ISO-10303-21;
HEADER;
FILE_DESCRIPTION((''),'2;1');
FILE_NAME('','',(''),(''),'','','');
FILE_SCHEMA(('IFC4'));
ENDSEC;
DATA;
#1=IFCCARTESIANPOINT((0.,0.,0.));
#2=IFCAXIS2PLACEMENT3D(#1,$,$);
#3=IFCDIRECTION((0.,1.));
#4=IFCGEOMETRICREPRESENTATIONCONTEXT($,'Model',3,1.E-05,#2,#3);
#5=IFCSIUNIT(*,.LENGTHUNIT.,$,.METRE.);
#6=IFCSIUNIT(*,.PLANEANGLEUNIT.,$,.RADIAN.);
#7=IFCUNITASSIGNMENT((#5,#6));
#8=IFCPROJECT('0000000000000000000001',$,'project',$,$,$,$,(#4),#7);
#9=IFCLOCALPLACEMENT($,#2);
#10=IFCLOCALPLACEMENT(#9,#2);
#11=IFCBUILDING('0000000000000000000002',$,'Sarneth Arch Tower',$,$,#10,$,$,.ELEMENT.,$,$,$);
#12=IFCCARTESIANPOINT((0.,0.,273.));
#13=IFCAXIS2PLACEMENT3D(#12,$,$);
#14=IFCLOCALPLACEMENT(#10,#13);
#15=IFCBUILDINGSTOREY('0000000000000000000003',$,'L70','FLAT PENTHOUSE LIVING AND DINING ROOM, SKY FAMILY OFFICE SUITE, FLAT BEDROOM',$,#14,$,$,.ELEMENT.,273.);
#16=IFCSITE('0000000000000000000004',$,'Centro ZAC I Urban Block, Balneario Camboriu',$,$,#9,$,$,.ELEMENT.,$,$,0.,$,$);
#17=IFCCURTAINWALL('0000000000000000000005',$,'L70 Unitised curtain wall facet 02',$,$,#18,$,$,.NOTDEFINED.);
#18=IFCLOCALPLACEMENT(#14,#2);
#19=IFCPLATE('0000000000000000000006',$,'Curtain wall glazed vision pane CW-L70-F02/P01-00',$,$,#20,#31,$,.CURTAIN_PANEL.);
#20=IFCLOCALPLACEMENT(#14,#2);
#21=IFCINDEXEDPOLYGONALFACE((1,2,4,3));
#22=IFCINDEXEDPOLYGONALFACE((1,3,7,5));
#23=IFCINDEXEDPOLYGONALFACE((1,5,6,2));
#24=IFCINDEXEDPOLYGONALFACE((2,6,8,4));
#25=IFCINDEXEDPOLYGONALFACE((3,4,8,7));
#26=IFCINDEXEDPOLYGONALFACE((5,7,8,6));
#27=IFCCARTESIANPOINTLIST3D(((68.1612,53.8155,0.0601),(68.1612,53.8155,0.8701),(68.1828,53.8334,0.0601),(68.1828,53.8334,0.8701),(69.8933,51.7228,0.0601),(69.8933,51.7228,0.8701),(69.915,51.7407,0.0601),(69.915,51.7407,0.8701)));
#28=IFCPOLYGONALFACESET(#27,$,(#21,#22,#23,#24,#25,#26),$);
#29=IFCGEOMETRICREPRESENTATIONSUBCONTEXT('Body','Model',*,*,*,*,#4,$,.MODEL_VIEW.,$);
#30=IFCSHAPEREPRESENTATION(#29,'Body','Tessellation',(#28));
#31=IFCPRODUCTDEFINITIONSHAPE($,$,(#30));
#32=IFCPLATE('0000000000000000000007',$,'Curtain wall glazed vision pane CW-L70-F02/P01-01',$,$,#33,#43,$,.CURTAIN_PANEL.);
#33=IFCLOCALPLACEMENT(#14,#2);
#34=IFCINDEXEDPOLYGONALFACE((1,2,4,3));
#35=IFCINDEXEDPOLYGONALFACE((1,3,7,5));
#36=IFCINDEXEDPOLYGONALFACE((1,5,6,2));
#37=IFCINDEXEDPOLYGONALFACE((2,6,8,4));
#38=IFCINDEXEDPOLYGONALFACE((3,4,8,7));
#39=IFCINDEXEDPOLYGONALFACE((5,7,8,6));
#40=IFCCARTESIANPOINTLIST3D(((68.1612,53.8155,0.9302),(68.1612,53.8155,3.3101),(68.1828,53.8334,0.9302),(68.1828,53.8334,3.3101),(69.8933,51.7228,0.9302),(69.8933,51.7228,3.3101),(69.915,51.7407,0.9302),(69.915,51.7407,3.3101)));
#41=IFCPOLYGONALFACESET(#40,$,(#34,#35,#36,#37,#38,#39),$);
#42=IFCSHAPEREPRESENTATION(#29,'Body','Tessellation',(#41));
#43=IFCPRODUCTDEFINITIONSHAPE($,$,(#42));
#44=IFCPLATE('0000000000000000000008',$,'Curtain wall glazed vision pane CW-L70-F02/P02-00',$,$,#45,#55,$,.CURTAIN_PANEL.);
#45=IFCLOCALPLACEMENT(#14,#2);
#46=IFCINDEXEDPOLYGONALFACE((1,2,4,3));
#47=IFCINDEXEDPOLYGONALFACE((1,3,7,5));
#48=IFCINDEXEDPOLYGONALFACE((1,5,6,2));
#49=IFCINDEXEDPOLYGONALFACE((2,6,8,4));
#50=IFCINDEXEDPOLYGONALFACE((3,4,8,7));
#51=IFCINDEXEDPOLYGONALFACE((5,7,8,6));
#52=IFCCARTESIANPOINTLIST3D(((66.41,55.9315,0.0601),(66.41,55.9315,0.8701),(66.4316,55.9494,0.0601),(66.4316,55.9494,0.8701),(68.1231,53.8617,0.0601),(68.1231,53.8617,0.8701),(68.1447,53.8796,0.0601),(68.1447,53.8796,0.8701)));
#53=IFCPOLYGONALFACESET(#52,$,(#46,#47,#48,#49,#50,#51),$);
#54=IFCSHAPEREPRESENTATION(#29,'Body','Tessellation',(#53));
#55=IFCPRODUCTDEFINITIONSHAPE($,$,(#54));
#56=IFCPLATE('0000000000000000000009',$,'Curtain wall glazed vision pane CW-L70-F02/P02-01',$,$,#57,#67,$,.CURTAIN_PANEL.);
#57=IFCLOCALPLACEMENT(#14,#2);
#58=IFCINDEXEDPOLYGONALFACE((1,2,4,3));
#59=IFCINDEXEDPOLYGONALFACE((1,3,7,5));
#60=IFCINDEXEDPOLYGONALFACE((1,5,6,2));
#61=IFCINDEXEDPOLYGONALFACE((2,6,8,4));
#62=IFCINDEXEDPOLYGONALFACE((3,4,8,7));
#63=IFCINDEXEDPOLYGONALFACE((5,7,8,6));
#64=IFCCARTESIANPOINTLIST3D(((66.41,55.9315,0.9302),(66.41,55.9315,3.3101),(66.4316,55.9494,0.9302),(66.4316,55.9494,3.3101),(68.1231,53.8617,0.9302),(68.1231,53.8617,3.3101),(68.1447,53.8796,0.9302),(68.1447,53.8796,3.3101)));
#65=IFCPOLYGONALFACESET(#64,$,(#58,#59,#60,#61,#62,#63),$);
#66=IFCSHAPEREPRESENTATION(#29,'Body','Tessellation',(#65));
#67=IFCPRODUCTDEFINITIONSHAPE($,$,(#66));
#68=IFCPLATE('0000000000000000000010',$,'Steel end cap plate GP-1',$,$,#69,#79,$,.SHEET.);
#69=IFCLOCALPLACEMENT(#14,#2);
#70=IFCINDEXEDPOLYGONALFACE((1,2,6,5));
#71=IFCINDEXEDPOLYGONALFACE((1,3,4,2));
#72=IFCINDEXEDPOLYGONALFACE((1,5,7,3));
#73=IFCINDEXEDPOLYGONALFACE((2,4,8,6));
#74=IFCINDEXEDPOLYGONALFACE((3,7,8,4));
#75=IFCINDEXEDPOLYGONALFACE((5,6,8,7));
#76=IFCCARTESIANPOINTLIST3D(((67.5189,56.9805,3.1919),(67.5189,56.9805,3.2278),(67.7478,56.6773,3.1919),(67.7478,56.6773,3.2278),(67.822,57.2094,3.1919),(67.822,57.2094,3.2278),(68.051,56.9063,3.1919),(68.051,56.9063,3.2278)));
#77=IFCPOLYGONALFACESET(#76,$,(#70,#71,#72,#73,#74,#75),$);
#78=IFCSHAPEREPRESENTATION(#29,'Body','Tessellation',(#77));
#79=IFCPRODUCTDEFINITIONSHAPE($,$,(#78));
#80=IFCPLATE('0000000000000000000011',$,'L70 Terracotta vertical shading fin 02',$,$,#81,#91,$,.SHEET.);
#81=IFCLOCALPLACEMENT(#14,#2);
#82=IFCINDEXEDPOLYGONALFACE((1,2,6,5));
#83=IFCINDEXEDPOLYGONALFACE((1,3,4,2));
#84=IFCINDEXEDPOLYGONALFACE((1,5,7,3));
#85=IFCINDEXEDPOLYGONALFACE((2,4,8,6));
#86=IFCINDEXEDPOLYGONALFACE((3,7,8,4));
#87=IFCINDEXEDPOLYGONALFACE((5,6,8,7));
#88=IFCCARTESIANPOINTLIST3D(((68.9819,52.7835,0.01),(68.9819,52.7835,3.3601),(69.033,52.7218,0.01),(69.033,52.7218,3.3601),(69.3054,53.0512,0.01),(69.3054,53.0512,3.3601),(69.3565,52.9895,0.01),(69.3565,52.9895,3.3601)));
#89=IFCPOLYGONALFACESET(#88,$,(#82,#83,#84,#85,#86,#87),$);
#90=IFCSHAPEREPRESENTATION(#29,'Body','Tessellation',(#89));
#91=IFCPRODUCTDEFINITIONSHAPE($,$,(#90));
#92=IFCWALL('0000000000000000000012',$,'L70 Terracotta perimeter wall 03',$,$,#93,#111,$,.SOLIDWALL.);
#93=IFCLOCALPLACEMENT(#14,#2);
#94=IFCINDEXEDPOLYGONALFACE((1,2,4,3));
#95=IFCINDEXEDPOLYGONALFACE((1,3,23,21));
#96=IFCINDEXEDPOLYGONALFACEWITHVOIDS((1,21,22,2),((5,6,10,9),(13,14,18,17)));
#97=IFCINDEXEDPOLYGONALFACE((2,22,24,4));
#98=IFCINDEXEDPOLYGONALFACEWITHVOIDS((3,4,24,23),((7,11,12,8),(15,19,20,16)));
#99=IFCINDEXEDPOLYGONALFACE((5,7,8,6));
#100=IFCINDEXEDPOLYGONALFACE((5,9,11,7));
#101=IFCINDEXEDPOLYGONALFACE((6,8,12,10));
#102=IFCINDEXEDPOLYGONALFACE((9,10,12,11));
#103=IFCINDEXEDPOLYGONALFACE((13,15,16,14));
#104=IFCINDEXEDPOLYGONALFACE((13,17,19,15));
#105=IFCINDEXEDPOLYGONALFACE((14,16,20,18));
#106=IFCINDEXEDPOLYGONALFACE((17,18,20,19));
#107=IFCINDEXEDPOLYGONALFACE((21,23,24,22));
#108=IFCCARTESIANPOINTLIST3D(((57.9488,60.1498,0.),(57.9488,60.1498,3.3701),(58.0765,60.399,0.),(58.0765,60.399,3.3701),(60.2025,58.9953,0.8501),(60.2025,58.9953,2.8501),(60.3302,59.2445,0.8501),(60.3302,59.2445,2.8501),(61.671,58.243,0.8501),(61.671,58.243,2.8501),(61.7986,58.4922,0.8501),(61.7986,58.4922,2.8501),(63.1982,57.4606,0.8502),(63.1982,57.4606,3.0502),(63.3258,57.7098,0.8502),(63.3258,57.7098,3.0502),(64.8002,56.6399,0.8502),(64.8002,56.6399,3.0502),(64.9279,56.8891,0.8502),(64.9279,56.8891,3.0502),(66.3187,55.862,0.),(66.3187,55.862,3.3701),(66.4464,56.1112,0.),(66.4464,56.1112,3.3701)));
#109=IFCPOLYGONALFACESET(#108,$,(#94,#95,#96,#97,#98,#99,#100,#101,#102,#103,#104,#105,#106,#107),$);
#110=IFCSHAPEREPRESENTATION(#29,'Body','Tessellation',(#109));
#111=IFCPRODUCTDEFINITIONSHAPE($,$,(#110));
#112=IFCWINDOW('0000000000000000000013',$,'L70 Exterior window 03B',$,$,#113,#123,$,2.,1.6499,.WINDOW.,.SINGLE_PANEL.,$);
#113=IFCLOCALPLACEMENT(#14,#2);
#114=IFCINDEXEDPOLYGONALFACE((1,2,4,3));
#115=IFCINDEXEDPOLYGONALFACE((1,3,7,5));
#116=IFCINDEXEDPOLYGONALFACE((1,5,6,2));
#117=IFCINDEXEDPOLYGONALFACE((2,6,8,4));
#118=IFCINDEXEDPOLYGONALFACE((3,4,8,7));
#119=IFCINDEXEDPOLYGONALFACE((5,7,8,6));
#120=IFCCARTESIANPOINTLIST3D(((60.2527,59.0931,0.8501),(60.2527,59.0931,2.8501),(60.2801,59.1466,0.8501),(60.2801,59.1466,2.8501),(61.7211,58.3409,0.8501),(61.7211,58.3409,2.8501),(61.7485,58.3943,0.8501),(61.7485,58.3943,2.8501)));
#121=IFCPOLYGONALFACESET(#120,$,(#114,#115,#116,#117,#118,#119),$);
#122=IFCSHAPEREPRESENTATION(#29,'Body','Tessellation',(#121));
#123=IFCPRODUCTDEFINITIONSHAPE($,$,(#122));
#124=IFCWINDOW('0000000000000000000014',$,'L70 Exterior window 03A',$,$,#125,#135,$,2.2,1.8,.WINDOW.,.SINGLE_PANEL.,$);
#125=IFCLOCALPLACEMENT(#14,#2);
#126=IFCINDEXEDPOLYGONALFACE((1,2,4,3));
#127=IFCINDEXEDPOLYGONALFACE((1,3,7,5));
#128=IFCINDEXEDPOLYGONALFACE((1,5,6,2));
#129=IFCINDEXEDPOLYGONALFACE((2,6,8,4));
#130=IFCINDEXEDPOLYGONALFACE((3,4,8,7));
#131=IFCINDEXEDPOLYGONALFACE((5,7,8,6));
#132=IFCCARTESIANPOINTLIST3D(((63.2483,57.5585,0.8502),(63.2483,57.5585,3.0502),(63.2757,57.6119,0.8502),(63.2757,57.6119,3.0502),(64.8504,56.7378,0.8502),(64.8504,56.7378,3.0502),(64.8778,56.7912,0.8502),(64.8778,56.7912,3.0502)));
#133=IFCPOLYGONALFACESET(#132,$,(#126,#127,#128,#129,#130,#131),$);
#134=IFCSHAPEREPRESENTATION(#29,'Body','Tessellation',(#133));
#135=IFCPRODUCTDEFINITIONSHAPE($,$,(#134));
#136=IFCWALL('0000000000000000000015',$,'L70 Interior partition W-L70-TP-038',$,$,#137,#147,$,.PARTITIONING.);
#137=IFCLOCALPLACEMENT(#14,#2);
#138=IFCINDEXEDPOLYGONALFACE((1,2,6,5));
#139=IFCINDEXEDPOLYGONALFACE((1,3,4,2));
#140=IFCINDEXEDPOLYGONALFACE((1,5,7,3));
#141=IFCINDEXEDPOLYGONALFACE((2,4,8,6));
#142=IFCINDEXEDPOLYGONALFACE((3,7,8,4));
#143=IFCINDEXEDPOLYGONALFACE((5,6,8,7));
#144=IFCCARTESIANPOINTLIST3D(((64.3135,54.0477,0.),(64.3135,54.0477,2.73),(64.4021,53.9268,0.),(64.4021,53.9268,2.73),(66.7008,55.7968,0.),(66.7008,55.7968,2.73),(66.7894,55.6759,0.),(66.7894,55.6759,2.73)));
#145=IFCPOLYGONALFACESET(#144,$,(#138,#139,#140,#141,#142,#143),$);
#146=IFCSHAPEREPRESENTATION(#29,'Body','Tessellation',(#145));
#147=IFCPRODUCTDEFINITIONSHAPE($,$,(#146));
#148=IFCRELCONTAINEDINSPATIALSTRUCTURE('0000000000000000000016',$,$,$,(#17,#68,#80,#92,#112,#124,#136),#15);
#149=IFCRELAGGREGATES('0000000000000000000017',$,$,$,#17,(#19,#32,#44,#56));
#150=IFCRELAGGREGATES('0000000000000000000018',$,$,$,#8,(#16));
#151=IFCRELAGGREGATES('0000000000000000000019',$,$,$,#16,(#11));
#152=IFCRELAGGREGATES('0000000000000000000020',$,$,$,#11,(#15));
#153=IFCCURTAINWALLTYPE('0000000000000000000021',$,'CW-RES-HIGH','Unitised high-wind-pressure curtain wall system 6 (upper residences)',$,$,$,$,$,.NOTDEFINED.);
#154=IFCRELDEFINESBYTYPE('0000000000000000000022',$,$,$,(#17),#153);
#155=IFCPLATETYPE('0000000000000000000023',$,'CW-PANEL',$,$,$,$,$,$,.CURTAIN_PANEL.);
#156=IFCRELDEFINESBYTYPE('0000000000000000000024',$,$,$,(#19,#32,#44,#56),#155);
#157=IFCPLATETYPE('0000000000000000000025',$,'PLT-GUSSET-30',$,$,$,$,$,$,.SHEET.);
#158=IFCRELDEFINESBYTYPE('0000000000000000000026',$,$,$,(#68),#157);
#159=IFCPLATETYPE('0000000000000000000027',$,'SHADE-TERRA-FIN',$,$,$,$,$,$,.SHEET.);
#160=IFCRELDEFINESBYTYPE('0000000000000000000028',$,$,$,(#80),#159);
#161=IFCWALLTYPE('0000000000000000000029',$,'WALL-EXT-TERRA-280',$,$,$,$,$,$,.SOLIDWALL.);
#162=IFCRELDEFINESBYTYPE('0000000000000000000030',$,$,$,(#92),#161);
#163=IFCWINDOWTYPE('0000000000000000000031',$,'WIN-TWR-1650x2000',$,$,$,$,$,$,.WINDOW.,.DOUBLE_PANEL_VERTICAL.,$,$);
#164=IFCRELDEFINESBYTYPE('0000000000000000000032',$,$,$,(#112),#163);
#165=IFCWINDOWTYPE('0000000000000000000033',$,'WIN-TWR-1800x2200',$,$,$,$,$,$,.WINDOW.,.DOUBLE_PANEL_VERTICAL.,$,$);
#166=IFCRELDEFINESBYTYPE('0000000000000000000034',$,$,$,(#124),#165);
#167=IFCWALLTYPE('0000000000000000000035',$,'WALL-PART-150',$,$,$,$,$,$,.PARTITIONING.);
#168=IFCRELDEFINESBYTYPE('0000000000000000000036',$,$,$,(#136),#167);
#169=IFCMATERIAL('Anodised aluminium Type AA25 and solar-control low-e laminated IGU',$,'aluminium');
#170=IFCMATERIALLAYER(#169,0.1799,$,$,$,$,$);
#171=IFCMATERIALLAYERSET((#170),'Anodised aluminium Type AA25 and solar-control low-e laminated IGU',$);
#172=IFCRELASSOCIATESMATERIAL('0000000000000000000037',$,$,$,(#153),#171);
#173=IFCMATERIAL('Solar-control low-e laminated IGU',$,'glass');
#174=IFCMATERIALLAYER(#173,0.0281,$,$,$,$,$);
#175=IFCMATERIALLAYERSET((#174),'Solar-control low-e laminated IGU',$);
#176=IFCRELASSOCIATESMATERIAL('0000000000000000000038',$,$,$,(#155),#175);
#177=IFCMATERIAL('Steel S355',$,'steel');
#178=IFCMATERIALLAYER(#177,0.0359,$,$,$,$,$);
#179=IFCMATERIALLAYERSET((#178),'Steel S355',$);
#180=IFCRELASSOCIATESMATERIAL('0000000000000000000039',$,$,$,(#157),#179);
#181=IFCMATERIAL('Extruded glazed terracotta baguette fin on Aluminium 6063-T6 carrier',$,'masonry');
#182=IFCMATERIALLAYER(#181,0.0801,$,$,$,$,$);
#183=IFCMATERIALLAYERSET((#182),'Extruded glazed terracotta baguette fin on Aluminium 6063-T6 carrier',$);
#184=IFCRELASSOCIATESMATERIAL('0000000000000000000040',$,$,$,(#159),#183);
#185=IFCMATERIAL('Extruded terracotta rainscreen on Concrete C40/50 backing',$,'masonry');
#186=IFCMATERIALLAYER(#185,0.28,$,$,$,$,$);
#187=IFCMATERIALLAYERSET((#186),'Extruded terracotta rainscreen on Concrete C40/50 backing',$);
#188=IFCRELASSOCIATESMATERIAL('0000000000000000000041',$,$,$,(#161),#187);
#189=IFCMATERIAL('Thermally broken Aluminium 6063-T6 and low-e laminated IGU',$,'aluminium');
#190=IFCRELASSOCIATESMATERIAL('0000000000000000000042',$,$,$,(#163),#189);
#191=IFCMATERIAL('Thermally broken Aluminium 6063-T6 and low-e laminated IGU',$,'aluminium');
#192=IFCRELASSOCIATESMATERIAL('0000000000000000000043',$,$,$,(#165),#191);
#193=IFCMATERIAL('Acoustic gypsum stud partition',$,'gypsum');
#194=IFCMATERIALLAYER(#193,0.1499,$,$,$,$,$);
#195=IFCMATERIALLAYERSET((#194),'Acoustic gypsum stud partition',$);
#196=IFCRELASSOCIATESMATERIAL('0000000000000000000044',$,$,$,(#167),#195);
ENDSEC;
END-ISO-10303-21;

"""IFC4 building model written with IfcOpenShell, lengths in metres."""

from ifc_helpers import new_model, si_unit, direction, frame, frame_2d, origin, origin_2d, place, context, subcontext, project, spatial, rectangle, extrude, material, layer, layer_set, type_object, element, fill, aggregate, save


model = new_model("IFC4")

# Units and contexts
model_context = context("Model", 3, precision=1e-05, world=origin(), true_north=direction((0.0, 1.0)))
body_context = subcontext(model_context, "Body", "Model", "MODEL_VIEW")
ifc_project = project(units=[si_unit("LENGTHUNIT", "METRE"), si_unit("PLANEANGLEUNIT", "RADIAN")], contexts=[model_context])

# Site, building, storey
site_placement = place(None, origin())
site = spatial("IfcSite", under=ifc_project, at=site_placement, Name="Centro ZAC I Urban Block, Balneario Camboriu", CompositionType="ELEMENT", RefElevation=0.0)
building_placement = place(site_placement, origin())
building = spatial("IfcBuilding", under=site, at=building_placement, Name="Sarneth Arch Tower", CompositionType="ELEMENT")
storey_placement = place(building_placement, frame((0.0, 0.0, 273.0)))
storey = spatial("IfcBuildingStorey", under=building, at=storey_placement, Name="L70", Description="FLAT PENTHOUSE LIVING AND DINING ROOM, SKY FAMILY OFFICE SUITE, FLAT BEDROOM", CompositionType="ELEMENT", Elevation=273.0)

# Curtain wall
ifc_material_1 = material(Name="Anodised aluminium Type AA25 and solar-control low-e laminated IGU", Category="aluminium")
ifc_layer_1 = layer(ifc_material_1, 0.1799)
ifc_layer_set_1 = layer_set([ifc_layer_1], Name="Anodised aluminium Type AA25 and solar-control low-e laminated IGU")
curtain_wall_type = type_object("IfcCurtainWallType", Name="CW-RES-HIGH", Description="Unitised high-wind-pressure curtain wall system 6 (upper residences)", PredefinedType="NOTDEFINED", material=ifc_layer_set_1)
curtain_wall_placement = place(storey_placement, origin())
curtain_wall = element("IfcCurtainWall", 1, at=curtain_wall_placement, inside=storey, type_object=curtain_wall_type, Name="L70 Unitised curtain wall facet 02", PredefinedType="NOTDEFINED")

# Plates
ifc_material_2 = material(Name="Solar-control low-e laminated IGU", Category="glass")
ifc_layer_2 = layer(ifc_material_2, 0.0281)
ifc_layer_set_2 = layer_set([ifc_layer_2], Name="Solar-control low-e laminated IGU")
plate_type_1 = type_object("IfcPlateType", Name="CW-PANEL", PredefinedType="CURTAIN_PANEL", material=ifc_layer_set_2)
plate_1_placement = place(storey_placement, frame((69.0381, 52.7781, 0.0601), z_axis=(0.0, 0.0, 1.0), x_axis=(-0.63761, 0.770359, 0.0)))
plate_1 = element("IfcPlate", 2, at=plate_1_placement, type_object=plate_type_1, Name="Curtain wall glazed vision pane CW-L70-F02/P01-00", PredefinedType="CURTAIN_PANEL", context=body_context, shape_type="SweptSolid", body=[
    extrude(rectangle(XDim=2.7166, YDim=0.0281, at=origin_2d()), origin(), (0.0, 0.0, 1.0), 0.8101),
])
plate_2_placement = place(storey_placement, frame((69.0381, 52.7781, 0.9302), z_axis=(0.0, 0.0, 1.0), x_axis=(-0.63761, 0.770359, 0.0)))
plate_2 = element("IfcPlate", 3, at=plate_2_placement, type_object=plate_type_1, Name="Curtain wall glazed vision pane CW-L70-F02/P01-01", PredefinedType="CURTAIN_PANEL", context=body_context, shape_type="SweptSolid", body=[
    extrude(rectangle(XDim=2.7166, YDim=0.0281, at=origin_2d()), origin(), (0.0, 0.0, 1.0), 2.3799),
])
plate_3_placement = place(storey_placement, frame((67.2773, 54.9055, 0.0601), z_axis=(0.0, 0.0, 1.0), x_axis=(-0.63761, 0.770359, 0.0)))
plate_3 = element("IfcPlate", 4, at=plate_3_placement, type_object=plate_type_1, Name="Curtain wall glazed vision pane CW-L70-F02/P02-00", PredefinedType="CURTAIN_PANEL", context=body_context, shape_type="SweptSolid", body=[
    extrude(rectangle(XDim=2.6868, YDim=0.0281, at=origin_2d()), origin(), (0.0, 0.0, 1.0), 0.8101),
])
plate_4_placement = place(storey_placement, frame((67.2773, 54.9055, 0.9302), z_axis=(0.0, 0.0, 1.0), x_axis=(-0.63761, 0.770359, 0.0)))
plate_4 = element("IfcPlate", 5, at=plate_4_placement, type_object=plate_type_1, Name="Curtain wall glazed vision pane CW-L70-F02/P02-01", PredefinedType="CURTAIN_PANEL", context=body_context, shape_type="SweptSolid", body=[
    extrude(rectangle(XDim=2.6868, YDim=0.0281, at=origin_2d()), origin(), (0.0, 0.0, 1.0), 2.3799),
])
aggregate(curtain_wall, [plate_1, plate_2, plate_3, plate_4])

# Plates
ifc_material_3 = material(Name="Steel S355", Category="steel")
ifc_layer_3 = layer(ifc_material_3, 0.0359)
ifc_layer_set_3 = layer_set([ifc_layer_3], Name="Steel S355")
plate_type_2 = type_object("IfcPlateType", Name="PLT-GUSSET-30", PredefinedType="SHEET", material=ifc_layer_set_3)
plate_5_placement = place(storey_placement, frame((67.7849, 56.9434, 3.1919), z_axis=(0.0, 0.0, 1.0), x_axis=(0.798005, 0.602651, 0.0)))
element("IfcPlate", 6, at=plate_5_placement, inside=storey, type_object=plate_type_2, Name="Steel end cap plate GP-1", PredefinedType="SHEET", context=body_context, shape_type="SweptSolid", body=[
    extrude(rectangle(XDim=0.3799, YDim=0.3799, at=origin_2d()), origin(), (0.0, 0.0, 1.0), 0.0359),
])
ifc_material_4 = material(Name="Extruded glazed terracotta baguette fin on Aluminium 6063-T6 carrier", Category="masonry")
ifc_layer_4 = layer(ifc_material_4, 0.0801)
ifc_layer_set_4 = layer_set([ifc_layer_4], Name="Extruded glazed terracotta baguette fin on Aluminium 6063-T6 carrier")
plate_type_3 = type_object("IfcPlateType", Name="SHADE-TERRA-FIN", PredefinedType="SHEET", material=ifc_layer_set_4)
plate_6_placement = place(storey_placement, frame((69.1692, 52.8865, 0.01), z_axis=(0.0, 0.0, 1.0), x_axis=(0.770402, 0.637558, 0.0)))
element("IfcPlate", 7, at=plate_6_placement, inside=storey, type_object=plate_type_3, Name="L70 Terracotta vertical shading fin 02", PredefinedType="SHEET", context=body_context, shape_type="SweptSolid", body=[
    extrude(rectangle(XDim=0.4199, YDim=0.0801, at=origin_2d()), origin(), (0.0, 0.0, 1.0), 3.3501),
])

# Wall, openings, windows
ifc_material_5 = material(Name="Extruded terracotta rainscreen on Concrete C40/50 backing", Category="masonry")
ifc_layer_5 = layer(ifc_material_5, 0.28)
ifc_layer_set_5 = layer_set([ifc_layer_5], Name="Extruded terracotta rainscreen on Concrete C40/50 backing")
wall_type_1 = type_object("IfcWallType", Name="WALL-EXT-TERRA-280", PredefinedType="SOLIDWALL", material=ifc_layer_set_5)
wall_1_placement = place(storey_placement, frame((66.3826, 55.9866, 0.0), z_axis=(0.0, 0.0, 1.0), x_axis=(-0.890007, 0.455946, 0.0)))
wall_1 = element("IfcWall", 8, at=wall_1_placement, inside=storey, type_object=wall_type_1, Name="L70 Terracotta perimeter wall 03", PredefinedType="SOLIDWALL", context=body_context, shape_type="SweptSolid", body=[
    extrude(rectangle(XDim=9.4043, YDim=0.28, at=frame_2d((4.7021, 0.0))), origin(), (0.0, 0.0, 1.0), 3.3701),
])
opening_1_placement = place(wall_1_placement, frame((1.7063, 0.0, 0.8501)))
opening_1 = element("IfcOpeningElement", 9, at=opening_1_placement, cuts=wall_1, PredefinedType="OPENING", context=body_context, shape_type="SweptSolid", body=[
    extrude(rectangle(XDim=1.8, YDim=2.2, at=frame_2d((0.8999, 1.1001))), frame((0.0, 0.1499, 0.0), z_axis=(0.0, -1.0, 0.0), x_axis=(1.0, 0.0, 0.0)), (0.0, 0.0, 1.0), 0.3),
])
opening_2_placement = place(wall_1_placement, frame((5.2222, 0.0, 0.8501)))
opening_2 = element("IfcOpeningElement", 10, at=opening_2_placement, cuts=wall_1, PredefinedType="OPENING", context=body_context, shape_type="SweptSolid", body=[
    extrude(rectangle(XDim=1.6499, YDim=2.0, at=frame_2d((0.825, 1.0))), frame((0.0, 0.1499, 0.0), z_axis=(0.0, -1.0, 0.0), x_axis=(1.0, 0.0, 0.0)), (0.0, 0.0, 1.0), 0.3),
])
ifc_material_6 = material(Name="Thermally broken Aluminium 6063-T6 and low-e laminated IGU", Category="aluminium")
window_type_1 = type_object("IfcWindowType", Name="WIN-TWR-1650x2000", PartitioningType="DOUBLE_PANEL_VERTICAL", PredefinedType="WINDOW", material=ifc_material_6)
window_1_placement = place(opening_2_placement, origin())
window_1 = element("IfcWindow", 11, at=window_1_placement, inside=storey, type_object=window_type_1, Name="L70 Exterior window 03B", OverallHeight=2.0, OverallWidth=1.6499, PartitioningType="SINGLE_PANEL", PredefinedType="WINDOW", context=body_context, shape_type="SweptSolid", body=[
    extrude(rectangle(XDim=1.6499, YDim=2.0, at=frame_2d((0.825, 1.0))), frame((0.0, 0.03, 0.0), z_axis=(0.0, -1.0, 0.0), x_axis=(1.0, 0.0, 0.0)), (0.0, 0.0, 1.0), 0.0601),
])
fill(opening_2, window_1)
ifc_material_7 = material(Name="Thermally broken Aluminium 6063-T6 and low-e laminated IGU", Category="aluminium")
window_type_2 = type_object("IfcWindowType", Name="WIN-TWR-1800x2200", PartitioningType="DOUBLE_PANEL_VERTICAL", PredefinedType="WINDOW", material=ifc_material_7)
window_2_placement = place(opening_1_placement, origin())
window_2 = element("IfcWindow", 12, at=window_2_placement, inside=storey, type_object=window_type_2, Name="L70 Exterior window 03A", OverallHeight=2.2, OverallWidth=1.8, PartitioningType="SINGLE_PANEL", PredefinedType="WINDOW", context=body_context, shape_type="SweptSolid", body=[
    extrude(rectangle(XDim=1.8, YDim=2.2, at=frame_2d((0.8999, 1.1001))), frame((0.0, 0.03, 0.0), z_axis=(0.0, -1.0, 0.0), x_axis=(1.0, 0.0, 0.0)), (0.0, 0.0, 1.0), 0.0601),
])
fill(opening_1, window_2)

# Wall
ifc_material_8 = material(Name="Acoustic gypsum stud partition", Category="gypsum")
ifc_layer_6 = layer(ifc_material_8, 0.1499)
ifc_layer_set_6 = layer_set([ifc_layer_6], Name="Acoustic gypsum stud partition")
wall_type_2 = type_object("IfcWallType", Name="WALL-PART-150", PredefinedType="PARTITIONING", material=ifc_layer_set_6)
wall_2_placement = place(storey_placement, frame((66.7451, 55.7363, 0.0), z_axis=(0.0, 0.0, 1.0), x_axis=(-0.806662, -0.591013, 0.0)))
element("IfcWall", 13, at=wall_2_placement, inside=storey, type_object=wall_type_2, Name="L70 Interior partition W-L70-TP-038", PredefinedType="PARTITIONING", context=body_context, shape_type="SweptSolid", body=[
    extrude(rectangle(XDim=2.9595, YDim=0.1499, at=frame_2d((1.4797, 0.0))), origin(), (0.0, 0.0, 1.0), 2.73),
])

save(model, "model.ifc")
